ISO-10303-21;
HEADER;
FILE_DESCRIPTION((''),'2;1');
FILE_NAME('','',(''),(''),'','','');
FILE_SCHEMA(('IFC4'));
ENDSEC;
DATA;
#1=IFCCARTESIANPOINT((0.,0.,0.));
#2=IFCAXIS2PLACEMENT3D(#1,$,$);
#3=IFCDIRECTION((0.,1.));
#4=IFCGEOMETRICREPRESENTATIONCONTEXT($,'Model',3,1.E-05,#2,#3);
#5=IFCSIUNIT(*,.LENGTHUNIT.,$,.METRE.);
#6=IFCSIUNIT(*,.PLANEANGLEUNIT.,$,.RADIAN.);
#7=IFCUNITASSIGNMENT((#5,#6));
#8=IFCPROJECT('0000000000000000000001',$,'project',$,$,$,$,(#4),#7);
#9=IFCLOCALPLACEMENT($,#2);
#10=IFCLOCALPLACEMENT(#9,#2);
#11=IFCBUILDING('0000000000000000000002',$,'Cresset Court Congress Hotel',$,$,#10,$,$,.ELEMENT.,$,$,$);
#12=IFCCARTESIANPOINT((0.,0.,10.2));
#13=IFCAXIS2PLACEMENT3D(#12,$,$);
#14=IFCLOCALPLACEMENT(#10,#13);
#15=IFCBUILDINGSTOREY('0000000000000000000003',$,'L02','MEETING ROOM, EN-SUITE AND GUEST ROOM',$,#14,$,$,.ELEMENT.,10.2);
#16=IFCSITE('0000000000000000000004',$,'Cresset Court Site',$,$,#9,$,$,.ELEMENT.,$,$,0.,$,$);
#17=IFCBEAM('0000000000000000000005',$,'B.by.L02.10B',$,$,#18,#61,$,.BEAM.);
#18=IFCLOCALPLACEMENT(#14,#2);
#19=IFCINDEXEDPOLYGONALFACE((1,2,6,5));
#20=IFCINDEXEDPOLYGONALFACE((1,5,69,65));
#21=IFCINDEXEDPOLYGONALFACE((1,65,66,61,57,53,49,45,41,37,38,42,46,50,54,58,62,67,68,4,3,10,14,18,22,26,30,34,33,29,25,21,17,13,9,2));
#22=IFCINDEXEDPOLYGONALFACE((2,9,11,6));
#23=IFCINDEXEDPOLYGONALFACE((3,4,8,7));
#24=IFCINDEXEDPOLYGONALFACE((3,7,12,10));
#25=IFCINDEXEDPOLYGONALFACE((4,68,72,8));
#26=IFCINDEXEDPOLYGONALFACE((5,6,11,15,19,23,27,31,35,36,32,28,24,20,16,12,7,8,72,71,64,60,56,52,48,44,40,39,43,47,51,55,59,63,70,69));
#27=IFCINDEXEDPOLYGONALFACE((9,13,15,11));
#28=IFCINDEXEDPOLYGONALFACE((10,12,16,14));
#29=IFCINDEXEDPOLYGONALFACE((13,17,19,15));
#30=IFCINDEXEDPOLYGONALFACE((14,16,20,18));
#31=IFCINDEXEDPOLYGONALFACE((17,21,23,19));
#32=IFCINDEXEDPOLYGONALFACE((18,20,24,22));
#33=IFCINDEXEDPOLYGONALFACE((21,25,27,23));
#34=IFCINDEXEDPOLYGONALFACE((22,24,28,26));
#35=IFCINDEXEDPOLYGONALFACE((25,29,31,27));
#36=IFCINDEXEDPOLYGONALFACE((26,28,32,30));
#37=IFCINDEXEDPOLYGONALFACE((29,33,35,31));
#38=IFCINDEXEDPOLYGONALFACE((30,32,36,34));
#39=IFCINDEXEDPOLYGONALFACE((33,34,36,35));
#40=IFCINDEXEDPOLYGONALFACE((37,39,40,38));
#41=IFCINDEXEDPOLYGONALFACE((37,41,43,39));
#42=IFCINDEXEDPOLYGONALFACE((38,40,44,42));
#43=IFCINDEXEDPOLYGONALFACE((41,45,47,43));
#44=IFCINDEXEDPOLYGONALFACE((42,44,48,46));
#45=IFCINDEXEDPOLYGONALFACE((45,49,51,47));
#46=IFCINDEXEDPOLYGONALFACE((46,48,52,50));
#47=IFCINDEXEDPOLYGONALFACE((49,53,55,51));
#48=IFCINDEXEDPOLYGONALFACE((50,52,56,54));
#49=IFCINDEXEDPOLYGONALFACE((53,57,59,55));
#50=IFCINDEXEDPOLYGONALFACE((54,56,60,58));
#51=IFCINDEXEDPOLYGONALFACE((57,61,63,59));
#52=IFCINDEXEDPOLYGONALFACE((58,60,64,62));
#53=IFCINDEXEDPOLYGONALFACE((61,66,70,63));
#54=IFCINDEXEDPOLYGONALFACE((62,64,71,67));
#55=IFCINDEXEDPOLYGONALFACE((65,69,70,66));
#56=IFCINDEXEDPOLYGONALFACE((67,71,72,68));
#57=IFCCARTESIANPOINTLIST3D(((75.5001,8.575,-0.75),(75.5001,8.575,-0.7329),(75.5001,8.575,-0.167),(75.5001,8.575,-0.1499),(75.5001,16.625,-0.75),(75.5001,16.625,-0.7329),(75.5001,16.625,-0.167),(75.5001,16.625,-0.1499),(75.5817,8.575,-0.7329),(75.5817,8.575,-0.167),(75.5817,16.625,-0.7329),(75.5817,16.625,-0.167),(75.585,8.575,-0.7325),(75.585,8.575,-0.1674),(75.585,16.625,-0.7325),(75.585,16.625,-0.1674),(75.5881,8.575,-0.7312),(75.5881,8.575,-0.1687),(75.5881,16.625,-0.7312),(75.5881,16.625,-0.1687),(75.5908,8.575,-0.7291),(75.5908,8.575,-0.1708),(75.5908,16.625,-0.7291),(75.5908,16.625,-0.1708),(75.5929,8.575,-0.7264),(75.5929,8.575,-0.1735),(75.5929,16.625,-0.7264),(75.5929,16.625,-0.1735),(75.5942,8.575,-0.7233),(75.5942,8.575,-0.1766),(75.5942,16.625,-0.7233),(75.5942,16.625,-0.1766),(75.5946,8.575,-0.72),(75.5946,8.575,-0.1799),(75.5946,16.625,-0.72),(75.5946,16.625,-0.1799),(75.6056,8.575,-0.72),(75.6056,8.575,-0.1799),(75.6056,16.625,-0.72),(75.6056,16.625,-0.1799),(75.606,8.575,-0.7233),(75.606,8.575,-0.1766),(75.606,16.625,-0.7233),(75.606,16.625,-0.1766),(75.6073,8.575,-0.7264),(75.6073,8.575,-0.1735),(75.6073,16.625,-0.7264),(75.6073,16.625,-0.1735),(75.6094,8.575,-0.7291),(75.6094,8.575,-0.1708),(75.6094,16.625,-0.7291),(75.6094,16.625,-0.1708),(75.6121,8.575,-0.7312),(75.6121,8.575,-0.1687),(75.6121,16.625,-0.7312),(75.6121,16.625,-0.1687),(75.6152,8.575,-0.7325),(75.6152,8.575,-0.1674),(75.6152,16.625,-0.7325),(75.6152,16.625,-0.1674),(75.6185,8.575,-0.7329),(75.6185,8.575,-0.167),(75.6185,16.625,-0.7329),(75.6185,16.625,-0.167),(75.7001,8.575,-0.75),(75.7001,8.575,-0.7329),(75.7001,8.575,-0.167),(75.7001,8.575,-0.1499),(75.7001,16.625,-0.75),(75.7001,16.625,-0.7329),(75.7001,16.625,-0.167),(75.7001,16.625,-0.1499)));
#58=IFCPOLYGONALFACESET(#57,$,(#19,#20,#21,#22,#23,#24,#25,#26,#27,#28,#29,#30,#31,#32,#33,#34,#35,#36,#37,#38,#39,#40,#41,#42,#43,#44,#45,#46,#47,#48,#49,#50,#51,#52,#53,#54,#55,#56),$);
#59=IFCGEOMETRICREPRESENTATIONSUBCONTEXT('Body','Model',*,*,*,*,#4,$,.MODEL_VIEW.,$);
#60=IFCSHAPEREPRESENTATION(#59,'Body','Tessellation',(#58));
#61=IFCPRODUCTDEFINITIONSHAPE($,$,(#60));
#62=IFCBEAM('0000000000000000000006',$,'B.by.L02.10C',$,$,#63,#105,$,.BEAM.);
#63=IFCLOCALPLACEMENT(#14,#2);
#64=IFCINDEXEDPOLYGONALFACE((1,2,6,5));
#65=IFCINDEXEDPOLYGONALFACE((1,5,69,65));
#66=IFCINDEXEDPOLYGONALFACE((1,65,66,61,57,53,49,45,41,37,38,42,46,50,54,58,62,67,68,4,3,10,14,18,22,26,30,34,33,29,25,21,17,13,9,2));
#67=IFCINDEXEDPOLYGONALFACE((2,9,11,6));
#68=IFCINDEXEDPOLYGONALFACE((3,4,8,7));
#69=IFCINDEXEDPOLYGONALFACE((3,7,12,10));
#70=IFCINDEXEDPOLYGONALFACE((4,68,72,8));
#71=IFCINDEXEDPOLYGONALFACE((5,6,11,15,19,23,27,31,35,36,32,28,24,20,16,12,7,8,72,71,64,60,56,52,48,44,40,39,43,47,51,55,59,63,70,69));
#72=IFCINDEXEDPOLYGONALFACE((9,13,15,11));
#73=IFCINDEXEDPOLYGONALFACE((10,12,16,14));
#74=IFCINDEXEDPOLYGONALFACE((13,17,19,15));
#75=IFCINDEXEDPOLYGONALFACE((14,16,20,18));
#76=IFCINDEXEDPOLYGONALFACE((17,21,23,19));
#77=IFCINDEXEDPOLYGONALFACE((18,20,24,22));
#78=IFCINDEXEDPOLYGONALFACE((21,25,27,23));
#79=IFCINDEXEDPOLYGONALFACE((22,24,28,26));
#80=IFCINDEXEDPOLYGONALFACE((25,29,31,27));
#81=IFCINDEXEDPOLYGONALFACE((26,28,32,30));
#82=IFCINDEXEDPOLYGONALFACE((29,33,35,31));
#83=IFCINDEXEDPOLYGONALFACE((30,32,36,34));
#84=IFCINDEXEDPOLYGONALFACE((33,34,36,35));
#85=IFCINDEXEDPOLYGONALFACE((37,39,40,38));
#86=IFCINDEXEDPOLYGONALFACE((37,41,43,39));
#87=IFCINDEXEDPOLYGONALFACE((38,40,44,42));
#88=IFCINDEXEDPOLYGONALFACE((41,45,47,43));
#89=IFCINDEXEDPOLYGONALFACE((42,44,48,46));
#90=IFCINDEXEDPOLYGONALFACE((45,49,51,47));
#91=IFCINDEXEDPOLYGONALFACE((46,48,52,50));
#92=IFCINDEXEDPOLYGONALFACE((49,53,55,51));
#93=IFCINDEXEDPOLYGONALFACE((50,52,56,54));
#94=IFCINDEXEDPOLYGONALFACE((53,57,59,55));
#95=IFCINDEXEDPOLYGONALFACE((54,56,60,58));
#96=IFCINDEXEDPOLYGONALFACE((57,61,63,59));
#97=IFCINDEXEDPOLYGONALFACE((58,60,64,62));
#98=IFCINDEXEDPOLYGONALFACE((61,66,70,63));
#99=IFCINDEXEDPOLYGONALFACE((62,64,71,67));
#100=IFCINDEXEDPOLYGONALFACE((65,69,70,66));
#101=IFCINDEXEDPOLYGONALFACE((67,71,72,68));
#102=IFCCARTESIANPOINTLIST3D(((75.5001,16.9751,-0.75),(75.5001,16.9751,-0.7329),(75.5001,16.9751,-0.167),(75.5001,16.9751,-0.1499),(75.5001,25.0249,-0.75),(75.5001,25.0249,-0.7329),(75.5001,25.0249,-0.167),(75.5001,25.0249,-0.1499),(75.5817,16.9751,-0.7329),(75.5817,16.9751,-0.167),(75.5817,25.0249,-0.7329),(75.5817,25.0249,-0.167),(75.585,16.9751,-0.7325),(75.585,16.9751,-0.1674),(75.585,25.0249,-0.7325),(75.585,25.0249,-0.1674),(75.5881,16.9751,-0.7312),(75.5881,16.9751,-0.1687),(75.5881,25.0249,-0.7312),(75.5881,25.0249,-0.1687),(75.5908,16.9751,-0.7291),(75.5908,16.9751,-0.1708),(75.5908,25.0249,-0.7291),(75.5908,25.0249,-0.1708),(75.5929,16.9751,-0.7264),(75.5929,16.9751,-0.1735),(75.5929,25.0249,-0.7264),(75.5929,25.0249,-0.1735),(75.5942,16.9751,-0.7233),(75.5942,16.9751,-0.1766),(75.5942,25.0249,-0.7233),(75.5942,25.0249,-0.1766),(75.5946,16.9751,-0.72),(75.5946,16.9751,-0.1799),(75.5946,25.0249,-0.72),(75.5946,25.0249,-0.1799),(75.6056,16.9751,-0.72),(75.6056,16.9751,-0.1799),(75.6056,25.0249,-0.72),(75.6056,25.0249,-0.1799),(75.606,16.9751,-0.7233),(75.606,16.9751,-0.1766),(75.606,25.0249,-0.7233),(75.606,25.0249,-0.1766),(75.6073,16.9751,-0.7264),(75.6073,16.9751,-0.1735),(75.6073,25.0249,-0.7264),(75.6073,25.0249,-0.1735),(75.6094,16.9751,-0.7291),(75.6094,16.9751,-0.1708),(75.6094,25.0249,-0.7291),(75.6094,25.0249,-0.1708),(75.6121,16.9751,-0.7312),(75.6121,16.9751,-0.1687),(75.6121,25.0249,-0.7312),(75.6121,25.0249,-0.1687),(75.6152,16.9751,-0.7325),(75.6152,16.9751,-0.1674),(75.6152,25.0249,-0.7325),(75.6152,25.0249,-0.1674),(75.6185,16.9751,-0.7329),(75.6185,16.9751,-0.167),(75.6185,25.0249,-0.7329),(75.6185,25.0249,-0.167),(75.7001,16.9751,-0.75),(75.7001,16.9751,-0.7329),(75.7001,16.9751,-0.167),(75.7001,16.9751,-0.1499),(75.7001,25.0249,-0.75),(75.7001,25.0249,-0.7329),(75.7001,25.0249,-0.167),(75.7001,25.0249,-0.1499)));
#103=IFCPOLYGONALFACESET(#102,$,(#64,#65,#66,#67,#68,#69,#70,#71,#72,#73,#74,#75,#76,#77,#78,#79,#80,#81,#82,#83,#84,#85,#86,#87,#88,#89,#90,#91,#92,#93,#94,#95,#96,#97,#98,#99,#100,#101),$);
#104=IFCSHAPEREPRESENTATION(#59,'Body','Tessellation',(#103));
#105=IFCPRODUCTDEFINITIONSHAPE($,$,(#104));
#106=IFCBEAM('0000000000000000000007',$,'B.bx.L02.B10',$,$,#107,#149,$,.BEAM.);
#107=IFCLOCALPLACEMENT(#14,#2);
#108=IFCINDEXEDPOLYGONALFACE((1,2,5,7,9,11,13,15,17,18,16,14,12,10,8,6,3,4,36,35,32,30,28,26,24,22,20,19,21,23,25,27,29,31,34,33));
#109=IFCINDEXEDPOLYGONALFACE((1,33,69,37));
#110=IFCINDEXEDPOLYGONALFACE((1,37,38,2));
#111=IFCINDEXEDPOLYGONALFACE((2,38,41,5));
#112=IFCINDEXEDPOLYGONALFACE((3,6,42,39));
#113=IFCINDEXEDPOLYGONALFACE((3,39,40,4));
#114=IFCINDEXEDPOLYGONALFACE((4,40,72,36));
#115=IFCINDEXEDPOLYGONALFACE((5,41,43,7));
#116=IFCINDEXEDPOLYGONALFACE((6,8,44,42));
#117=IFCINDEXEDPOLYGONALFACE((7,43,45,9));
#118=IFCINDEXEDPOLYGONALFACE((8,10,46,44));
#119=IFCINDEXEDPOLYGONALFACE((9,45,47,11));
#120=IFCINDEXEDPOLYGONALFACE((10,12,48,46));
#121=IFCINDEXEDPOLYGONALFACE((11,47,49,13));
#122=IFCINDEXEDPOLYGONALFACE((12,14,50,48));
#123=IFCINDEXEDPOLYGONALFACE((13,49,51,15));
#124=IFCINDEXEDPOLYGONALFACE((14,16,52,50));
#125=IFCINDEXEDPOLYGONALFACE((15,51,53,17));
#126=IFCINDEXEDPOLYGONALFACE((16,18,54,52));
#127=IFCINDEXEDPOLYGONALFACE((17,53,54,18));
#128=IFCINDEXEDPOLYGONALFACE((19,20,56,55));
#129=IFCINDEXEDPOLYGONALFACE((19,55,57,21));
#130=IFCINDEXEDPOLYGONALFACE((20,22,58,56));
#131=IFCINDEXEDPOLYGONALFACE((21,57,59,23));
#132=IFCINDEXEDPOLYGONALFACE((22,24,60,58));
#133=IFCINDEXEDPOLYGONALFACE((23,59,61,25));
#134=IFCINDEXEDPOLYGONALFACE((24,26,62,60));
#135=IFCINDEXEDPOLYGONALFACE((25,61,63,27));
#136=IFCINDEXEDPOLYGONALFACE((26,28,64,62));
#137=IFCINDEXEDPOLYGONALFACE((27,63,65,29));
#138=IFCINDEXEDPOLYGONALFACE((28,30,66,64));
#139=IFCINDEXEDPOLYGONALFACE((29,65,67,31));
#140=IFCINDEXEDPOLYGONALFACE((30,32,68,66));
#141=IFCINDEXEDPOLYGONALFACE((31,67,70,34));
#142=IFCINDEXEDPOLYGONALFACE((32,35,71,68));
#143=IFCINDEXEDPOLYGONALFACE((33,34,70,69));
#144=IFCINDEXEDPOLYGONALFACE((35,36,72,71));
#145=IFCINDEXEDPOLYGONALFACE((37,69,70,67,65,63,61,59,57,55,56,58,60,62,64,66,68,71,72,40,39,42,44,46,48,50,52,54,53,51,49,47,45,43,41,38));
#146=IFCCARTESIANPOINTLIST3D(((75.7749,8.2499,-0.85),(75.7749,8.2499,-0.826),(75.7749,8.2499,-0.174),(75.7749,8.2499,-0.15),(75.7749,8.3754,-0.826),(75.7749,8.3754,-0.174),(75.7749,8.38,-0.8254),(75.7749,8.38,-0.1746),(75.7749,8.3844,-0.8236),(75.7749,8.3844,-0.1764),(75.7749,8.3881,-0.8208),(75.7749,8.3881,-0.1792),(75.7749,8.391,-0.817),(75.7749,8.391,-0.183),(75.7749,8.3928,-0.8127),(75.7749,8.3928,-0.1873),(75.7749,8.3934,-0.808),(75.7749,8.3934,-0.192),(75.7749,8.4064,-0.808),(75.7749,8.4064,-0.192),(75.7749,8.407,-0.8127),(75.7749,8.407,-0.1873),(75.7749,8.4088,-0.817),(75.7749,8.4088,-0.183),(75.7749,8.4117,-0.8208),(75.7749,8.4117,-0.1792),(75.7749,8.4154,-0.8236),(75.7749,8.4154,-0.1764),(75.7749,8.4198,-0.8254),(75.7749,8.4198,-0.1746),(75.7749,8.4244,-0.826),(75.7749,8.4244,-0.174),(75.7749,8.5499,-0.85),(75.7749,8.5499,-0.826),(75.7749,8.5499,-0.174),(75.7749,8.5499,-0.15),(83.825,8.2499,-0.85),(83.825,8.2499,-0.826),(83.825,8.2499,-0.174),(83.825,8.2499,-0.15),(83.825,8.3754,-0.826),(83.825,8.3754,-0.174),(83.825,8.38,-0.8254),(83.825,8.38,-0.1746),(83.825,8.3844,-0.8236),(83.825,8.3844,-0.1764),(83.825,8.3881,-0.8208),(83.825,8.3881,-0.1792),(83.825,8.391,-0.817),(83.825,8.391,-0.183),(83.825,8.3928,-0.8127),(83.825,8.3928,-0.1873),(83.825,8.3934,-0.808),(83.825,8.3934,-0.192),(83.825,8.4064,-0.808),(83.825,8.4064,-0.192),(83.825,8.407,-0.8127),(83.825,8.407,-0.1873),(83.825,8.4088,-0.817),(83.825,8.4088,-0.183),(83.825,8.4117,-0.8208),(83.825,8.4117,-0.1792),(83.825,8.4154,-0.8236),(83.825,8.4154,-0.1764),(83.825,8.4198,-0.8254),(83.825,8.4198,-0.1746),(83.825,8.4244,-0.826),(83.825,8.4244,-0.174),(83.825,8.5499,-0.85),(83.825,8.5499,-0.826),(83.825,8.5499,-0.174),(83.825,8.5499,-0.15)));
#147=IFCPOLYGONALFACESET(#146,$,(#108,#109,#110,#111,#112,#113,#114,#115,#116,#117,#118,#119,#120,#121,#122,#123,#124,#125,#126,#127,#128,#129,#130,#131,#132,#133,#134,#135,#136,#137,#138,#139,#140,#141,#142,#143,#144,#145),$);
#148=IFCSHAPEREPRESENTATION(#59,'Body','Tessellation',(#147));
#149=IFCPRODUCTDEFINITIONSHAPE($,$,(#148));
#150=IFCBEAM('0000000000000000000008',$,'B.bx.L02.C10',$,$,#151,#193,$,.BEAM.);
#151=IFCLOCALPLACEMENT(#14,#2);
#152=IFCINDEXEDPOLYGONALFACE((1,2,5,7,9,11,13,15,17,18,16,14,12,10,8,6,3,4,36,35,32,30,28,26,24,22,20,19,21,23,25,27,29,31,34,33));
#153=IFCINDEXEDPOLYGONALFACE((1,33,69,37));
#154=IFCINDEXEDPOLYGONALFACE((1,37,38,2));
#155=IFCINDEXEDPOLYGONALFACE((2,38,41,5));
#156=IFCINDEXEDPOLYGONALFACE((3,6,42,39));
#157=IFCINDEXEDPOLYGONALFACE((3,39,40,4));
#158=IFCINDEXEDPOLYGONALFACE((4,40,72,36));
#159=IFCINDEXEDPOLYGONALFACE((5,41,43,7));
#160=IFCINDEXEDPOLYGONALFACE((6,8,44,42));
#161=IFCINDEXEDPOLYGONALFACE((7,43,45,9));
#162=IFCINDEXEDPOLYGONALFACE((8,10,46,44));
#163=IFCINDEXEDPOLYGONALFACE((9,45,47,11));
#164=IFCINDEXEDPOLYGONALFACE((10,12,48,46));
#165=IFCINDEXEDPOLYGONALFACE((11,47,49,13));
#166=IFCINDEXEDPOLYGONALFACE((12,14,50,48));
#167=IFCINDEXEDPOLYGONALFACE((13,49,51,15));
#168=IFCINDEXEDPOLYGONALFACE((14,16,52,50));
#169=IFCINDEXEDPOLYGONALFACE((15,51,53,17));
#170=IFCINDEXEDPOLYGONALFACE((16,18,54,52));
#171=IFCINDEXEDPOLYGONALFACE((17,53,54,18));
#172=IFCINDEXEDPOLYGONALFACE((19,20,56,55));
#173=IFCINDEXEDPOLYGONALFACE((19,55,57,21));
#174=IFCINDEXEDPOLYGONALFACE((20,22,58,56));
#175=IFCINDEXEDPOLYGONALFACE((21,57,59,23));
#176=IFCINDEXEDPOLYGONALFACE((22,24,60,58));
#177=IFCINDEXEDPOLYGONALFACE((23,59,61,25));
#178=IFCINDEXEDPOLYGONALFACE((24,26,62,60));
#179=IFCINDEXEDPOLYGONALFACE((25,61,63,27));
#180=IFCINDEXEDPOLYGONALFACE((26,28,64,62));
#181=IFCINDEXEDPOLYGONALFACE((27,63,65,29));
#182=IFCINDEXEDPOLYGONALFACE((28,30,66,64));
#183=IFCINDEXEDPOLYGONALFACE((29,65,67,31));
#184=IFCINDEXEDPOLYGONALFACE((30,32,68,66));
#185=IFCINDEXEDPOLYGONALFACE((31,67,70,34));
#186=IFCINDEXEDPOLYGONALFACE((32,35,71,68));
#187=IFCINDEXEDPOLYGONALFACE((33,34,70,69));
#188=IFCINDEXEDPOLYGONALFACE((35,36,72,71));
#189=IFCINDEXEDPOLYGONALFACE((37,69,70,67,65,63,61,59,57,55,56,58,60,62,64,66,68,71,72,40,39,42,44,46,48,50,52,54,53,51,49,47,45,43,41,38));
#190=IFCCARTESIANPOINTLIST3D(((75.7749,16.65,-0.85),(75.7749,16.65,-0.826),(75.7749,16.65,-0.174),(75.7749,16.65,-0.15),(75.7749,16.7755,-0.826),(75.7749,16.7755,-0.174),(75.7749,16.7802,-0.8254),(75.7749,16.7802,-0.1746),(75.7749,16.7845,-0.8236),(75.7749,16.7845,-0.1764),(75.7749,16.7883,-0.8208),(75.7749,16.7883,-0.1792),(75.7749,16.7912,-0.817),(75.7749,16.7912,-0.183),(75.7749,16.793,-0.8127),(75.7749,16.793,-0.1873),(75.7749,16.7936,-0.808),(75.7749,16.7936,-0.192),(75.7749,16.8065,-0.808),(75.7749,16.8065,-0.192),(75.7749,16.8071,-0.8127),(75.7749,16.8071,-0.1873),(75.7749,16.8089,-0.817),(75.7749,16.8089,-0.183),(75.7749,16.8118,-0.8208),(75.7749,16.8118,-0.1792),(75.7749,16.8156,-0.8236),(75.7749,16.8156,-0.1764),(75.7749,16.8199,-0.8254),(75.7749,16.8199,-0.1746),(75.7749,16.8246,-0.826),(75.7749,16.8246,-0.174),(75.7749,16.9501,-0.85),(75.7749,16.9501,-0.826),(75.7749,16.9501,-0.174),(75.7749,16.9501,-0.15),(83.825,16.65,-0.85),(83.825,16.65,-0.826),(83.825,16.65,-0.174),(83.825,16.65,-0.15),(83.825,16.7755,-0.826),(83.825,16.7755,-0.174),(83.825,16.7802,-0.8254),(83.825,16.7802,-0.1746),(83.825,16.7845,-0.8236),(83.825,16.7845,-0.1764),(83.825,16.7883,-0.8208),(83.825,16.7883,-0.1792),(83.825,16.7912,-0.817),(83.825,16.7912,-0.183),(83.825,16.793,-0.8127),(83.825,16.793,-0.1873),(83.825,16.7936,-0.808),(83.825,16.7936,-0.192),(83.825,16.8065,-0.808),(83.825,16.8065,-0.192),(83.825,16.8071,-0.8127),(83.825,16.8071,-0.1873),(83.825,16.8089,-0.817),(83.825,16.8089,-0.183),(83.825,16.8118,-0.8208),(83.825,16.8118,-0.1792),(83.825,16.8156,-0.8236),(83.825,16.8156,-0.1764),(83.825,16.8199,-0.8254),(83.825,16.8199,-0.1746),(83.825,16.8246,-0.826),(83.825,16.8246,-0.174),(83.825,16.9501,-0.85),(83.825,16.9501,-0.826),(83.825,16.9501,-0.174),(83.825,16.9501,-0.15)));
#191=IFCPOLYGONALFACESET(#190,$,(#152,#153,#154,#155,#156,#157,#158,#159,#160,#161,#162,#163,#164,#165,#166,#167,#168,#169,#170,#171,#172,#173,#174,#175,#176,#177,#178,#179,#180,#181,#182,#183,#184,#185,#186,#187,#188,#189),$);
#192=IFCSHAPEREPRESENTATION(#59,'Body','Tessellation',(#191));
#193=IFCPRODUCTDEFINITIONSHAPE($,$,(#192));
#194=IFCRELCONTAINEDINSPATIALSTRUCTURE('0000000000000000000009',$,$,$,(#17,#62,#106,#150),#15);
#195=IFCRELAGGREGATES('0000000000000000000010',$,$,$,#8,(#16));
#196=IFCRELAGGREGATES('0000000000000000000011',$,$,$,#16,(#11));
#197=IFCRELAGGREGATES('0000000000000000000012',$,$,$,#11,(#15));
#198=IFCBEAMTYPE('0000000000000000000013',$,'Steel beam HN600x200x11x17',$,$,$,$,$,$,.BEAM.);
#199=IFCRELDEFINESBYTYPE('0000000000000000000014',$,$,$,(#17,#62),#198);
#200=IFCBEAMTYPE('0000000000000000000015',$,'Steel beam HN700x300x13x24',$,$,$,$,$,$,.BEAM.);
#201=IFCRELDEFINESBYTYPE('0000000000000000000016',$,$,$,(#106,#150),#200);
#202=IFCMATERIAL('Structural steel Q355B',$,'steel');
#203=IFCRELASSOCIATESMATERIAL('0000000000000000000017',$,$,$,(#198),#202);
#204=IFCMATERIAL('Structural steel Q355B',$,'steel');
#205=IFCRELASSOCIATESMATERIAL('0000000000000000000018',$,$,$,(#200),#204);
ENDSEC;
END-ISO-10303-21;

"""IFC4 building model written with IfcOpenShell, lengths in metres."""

from ifc_helpers import new_model, si_unit, direction, frame, origin, origin_2d, place, context, subcontext, project, spatial, i_section, extrude, material, material_profile, profile_set, type_object, element, save


model = new_model("IFC4")

# Units and contexts
model_context = context("Model", 3, precision=1e-05, world=origin(), true_north=direction((0.0, 1.0)))
body_context = subcontext(model_context, "Body", "Model", "MODEL_VIEW")
ifc_project = project(units=[si_unit("LENGTHUNIT", "METRE"), si_unit("PLANEANGLEUNIT", "RADIAN")], contexts=[model_context])

# Site, building, storey
site_placement = place(None, origin())
site = spatial("IfcSite", under=ifc_project, at=site_placement, Name="Cresset Court Site", CompositionType="ELEMENT", RefElevation=0.0)
building_placement = place(site_placement, origin())
building = spatial("IfcBuilding", under=site, at=building_placement, Name="Cresset Court Congress Hotel", CompositionType="ELEMENT")
storey_placement = place(building_placement, frame((0.0, 0.0, 10.2)))
storey = spatial("IfcBuildingStorey", under=building, at=storey_placement, Name="L02", Description="MEETING ROOM, EN-SUITE AND GUEST ROOM", CompositionType="ELEMENT", Elevation=10.2)

# Beams
ifc_material_1 = material(Name="Structural steel Q355B", Category="steel")
ifc_material_profile_1 = material_profile(ifc_material_1, i_section(OverallWidth=0.2, OverallDepth=0.6001, WebThickness=0.011, FlangeThickness=0.0171, FilletRadius=0.0129, at=origin_2d()), Name="HN600x200x11x17")
ifc_profile_set_1 = profile_set([ifc_material_profile_1], Name="Structural steel Q355B")
beam_type_1 = type_object("IfcBeamType", Name="Steel beam HN600x200x11x17", PredefinedType="BEAM", material=ifc_profile_set_1)
beam_1_placement = place(storey_placement, frame((75.6001, 8.575, -0.45), z_axis=(0.0, 1.0, 0.0), x_axis=(-1.0, 0.0, 0.0)))
element("IfcBeam", 1, at=beam_1_placement, inside=storey, type_object=beam_type_1, Name="B.by.L02.10B", PredefinedType="BEAM", context=body_context, shape_type="SweptSolid", body=[
    extrude(i_section(OverallWidth=0.2, OverallDepth=0.6001, WebThickness=0.011, FlangeThickness=0.0171, FilletRadius=0.0129, at=origin_2d()), origin(), (0.0, 0.0, 1.0), 8.05),
])
beam_2_placement = place(storey_placement, frame((75.6001, 16.9751, -0.45), z_axis=(0.0, 1.0, 0.0), x_axis=(-1.0, 0.0, 0.0)))
element("IfcBeam", 2, at=beam_2_placement, inside=storey, type_object=beam_type_1, Name="B.by.L02.10C", PredefinedType="BEAM", context=body_context, shape_type="SweptSolid", body=[
    extrude(i_section(OverallWidth=0.2, OverallDepth=0.6001, WebThickness=0.011, FlangeThickness=0.0171, FilletRadius=0.0129, at=origin_2d()), origin(), (0.0, 0.0, 1.0), 8.0498),
])
ifc_material_2 = material(Name="Structural steel Q355B", Category="steel")
ifc_material_profile_2 = material_profile(ifc_material_2, i_section(OverallWidth=0.3, OverallDepth=0.7, WebThickness=0.0129, FlangeThickness=0.0239, FilletRadius=0.0181, at=origin_2d()), Name="HN700x300x13x24")
ifc_profile_set_2 = profile_set([ifc_material_profile_2], Name="Structural steel Q355B")
beam_type_2 = type_object("IfcBeamType", Name="Steel beam HN700x300x13x24", PredefinedType="BEAM", material=ifc_profile_set_2)
for number, where, z_axis, x_axis, name in (
    (3, (75.7749, 8.3999, -0.5), (1.0, 0.0, 0.0), (0.0, 1.0, 0.0), "B.bx.L02.B10"),
    (4, (75.7749, 16.8, -0.5), (1.0, 0.0, 0.0), (0.0, 1.0, 0.0), "B.bx.L02.C10"),
):
    element("IfcBeam", number, at=place(storey_placement, frame(where, z_axis=z_axis, x_axis=x_axis)), inside=storey, type_object=beam_type_2, Name=name, PredefinedType="BEAM", context=body_context, shape_type="SweptSolid", body=[
        extrude(i_section(OverallWidth=0.3, OverallDepth=0.7, WebThickness=0.0129, FlangeThickness=0.0239, FilletRadius=0.0181, at=origin_2d()), origin(), (0.0, 0.0, 1.0), 8.05),
    ])

save(model, "model.ifc")
